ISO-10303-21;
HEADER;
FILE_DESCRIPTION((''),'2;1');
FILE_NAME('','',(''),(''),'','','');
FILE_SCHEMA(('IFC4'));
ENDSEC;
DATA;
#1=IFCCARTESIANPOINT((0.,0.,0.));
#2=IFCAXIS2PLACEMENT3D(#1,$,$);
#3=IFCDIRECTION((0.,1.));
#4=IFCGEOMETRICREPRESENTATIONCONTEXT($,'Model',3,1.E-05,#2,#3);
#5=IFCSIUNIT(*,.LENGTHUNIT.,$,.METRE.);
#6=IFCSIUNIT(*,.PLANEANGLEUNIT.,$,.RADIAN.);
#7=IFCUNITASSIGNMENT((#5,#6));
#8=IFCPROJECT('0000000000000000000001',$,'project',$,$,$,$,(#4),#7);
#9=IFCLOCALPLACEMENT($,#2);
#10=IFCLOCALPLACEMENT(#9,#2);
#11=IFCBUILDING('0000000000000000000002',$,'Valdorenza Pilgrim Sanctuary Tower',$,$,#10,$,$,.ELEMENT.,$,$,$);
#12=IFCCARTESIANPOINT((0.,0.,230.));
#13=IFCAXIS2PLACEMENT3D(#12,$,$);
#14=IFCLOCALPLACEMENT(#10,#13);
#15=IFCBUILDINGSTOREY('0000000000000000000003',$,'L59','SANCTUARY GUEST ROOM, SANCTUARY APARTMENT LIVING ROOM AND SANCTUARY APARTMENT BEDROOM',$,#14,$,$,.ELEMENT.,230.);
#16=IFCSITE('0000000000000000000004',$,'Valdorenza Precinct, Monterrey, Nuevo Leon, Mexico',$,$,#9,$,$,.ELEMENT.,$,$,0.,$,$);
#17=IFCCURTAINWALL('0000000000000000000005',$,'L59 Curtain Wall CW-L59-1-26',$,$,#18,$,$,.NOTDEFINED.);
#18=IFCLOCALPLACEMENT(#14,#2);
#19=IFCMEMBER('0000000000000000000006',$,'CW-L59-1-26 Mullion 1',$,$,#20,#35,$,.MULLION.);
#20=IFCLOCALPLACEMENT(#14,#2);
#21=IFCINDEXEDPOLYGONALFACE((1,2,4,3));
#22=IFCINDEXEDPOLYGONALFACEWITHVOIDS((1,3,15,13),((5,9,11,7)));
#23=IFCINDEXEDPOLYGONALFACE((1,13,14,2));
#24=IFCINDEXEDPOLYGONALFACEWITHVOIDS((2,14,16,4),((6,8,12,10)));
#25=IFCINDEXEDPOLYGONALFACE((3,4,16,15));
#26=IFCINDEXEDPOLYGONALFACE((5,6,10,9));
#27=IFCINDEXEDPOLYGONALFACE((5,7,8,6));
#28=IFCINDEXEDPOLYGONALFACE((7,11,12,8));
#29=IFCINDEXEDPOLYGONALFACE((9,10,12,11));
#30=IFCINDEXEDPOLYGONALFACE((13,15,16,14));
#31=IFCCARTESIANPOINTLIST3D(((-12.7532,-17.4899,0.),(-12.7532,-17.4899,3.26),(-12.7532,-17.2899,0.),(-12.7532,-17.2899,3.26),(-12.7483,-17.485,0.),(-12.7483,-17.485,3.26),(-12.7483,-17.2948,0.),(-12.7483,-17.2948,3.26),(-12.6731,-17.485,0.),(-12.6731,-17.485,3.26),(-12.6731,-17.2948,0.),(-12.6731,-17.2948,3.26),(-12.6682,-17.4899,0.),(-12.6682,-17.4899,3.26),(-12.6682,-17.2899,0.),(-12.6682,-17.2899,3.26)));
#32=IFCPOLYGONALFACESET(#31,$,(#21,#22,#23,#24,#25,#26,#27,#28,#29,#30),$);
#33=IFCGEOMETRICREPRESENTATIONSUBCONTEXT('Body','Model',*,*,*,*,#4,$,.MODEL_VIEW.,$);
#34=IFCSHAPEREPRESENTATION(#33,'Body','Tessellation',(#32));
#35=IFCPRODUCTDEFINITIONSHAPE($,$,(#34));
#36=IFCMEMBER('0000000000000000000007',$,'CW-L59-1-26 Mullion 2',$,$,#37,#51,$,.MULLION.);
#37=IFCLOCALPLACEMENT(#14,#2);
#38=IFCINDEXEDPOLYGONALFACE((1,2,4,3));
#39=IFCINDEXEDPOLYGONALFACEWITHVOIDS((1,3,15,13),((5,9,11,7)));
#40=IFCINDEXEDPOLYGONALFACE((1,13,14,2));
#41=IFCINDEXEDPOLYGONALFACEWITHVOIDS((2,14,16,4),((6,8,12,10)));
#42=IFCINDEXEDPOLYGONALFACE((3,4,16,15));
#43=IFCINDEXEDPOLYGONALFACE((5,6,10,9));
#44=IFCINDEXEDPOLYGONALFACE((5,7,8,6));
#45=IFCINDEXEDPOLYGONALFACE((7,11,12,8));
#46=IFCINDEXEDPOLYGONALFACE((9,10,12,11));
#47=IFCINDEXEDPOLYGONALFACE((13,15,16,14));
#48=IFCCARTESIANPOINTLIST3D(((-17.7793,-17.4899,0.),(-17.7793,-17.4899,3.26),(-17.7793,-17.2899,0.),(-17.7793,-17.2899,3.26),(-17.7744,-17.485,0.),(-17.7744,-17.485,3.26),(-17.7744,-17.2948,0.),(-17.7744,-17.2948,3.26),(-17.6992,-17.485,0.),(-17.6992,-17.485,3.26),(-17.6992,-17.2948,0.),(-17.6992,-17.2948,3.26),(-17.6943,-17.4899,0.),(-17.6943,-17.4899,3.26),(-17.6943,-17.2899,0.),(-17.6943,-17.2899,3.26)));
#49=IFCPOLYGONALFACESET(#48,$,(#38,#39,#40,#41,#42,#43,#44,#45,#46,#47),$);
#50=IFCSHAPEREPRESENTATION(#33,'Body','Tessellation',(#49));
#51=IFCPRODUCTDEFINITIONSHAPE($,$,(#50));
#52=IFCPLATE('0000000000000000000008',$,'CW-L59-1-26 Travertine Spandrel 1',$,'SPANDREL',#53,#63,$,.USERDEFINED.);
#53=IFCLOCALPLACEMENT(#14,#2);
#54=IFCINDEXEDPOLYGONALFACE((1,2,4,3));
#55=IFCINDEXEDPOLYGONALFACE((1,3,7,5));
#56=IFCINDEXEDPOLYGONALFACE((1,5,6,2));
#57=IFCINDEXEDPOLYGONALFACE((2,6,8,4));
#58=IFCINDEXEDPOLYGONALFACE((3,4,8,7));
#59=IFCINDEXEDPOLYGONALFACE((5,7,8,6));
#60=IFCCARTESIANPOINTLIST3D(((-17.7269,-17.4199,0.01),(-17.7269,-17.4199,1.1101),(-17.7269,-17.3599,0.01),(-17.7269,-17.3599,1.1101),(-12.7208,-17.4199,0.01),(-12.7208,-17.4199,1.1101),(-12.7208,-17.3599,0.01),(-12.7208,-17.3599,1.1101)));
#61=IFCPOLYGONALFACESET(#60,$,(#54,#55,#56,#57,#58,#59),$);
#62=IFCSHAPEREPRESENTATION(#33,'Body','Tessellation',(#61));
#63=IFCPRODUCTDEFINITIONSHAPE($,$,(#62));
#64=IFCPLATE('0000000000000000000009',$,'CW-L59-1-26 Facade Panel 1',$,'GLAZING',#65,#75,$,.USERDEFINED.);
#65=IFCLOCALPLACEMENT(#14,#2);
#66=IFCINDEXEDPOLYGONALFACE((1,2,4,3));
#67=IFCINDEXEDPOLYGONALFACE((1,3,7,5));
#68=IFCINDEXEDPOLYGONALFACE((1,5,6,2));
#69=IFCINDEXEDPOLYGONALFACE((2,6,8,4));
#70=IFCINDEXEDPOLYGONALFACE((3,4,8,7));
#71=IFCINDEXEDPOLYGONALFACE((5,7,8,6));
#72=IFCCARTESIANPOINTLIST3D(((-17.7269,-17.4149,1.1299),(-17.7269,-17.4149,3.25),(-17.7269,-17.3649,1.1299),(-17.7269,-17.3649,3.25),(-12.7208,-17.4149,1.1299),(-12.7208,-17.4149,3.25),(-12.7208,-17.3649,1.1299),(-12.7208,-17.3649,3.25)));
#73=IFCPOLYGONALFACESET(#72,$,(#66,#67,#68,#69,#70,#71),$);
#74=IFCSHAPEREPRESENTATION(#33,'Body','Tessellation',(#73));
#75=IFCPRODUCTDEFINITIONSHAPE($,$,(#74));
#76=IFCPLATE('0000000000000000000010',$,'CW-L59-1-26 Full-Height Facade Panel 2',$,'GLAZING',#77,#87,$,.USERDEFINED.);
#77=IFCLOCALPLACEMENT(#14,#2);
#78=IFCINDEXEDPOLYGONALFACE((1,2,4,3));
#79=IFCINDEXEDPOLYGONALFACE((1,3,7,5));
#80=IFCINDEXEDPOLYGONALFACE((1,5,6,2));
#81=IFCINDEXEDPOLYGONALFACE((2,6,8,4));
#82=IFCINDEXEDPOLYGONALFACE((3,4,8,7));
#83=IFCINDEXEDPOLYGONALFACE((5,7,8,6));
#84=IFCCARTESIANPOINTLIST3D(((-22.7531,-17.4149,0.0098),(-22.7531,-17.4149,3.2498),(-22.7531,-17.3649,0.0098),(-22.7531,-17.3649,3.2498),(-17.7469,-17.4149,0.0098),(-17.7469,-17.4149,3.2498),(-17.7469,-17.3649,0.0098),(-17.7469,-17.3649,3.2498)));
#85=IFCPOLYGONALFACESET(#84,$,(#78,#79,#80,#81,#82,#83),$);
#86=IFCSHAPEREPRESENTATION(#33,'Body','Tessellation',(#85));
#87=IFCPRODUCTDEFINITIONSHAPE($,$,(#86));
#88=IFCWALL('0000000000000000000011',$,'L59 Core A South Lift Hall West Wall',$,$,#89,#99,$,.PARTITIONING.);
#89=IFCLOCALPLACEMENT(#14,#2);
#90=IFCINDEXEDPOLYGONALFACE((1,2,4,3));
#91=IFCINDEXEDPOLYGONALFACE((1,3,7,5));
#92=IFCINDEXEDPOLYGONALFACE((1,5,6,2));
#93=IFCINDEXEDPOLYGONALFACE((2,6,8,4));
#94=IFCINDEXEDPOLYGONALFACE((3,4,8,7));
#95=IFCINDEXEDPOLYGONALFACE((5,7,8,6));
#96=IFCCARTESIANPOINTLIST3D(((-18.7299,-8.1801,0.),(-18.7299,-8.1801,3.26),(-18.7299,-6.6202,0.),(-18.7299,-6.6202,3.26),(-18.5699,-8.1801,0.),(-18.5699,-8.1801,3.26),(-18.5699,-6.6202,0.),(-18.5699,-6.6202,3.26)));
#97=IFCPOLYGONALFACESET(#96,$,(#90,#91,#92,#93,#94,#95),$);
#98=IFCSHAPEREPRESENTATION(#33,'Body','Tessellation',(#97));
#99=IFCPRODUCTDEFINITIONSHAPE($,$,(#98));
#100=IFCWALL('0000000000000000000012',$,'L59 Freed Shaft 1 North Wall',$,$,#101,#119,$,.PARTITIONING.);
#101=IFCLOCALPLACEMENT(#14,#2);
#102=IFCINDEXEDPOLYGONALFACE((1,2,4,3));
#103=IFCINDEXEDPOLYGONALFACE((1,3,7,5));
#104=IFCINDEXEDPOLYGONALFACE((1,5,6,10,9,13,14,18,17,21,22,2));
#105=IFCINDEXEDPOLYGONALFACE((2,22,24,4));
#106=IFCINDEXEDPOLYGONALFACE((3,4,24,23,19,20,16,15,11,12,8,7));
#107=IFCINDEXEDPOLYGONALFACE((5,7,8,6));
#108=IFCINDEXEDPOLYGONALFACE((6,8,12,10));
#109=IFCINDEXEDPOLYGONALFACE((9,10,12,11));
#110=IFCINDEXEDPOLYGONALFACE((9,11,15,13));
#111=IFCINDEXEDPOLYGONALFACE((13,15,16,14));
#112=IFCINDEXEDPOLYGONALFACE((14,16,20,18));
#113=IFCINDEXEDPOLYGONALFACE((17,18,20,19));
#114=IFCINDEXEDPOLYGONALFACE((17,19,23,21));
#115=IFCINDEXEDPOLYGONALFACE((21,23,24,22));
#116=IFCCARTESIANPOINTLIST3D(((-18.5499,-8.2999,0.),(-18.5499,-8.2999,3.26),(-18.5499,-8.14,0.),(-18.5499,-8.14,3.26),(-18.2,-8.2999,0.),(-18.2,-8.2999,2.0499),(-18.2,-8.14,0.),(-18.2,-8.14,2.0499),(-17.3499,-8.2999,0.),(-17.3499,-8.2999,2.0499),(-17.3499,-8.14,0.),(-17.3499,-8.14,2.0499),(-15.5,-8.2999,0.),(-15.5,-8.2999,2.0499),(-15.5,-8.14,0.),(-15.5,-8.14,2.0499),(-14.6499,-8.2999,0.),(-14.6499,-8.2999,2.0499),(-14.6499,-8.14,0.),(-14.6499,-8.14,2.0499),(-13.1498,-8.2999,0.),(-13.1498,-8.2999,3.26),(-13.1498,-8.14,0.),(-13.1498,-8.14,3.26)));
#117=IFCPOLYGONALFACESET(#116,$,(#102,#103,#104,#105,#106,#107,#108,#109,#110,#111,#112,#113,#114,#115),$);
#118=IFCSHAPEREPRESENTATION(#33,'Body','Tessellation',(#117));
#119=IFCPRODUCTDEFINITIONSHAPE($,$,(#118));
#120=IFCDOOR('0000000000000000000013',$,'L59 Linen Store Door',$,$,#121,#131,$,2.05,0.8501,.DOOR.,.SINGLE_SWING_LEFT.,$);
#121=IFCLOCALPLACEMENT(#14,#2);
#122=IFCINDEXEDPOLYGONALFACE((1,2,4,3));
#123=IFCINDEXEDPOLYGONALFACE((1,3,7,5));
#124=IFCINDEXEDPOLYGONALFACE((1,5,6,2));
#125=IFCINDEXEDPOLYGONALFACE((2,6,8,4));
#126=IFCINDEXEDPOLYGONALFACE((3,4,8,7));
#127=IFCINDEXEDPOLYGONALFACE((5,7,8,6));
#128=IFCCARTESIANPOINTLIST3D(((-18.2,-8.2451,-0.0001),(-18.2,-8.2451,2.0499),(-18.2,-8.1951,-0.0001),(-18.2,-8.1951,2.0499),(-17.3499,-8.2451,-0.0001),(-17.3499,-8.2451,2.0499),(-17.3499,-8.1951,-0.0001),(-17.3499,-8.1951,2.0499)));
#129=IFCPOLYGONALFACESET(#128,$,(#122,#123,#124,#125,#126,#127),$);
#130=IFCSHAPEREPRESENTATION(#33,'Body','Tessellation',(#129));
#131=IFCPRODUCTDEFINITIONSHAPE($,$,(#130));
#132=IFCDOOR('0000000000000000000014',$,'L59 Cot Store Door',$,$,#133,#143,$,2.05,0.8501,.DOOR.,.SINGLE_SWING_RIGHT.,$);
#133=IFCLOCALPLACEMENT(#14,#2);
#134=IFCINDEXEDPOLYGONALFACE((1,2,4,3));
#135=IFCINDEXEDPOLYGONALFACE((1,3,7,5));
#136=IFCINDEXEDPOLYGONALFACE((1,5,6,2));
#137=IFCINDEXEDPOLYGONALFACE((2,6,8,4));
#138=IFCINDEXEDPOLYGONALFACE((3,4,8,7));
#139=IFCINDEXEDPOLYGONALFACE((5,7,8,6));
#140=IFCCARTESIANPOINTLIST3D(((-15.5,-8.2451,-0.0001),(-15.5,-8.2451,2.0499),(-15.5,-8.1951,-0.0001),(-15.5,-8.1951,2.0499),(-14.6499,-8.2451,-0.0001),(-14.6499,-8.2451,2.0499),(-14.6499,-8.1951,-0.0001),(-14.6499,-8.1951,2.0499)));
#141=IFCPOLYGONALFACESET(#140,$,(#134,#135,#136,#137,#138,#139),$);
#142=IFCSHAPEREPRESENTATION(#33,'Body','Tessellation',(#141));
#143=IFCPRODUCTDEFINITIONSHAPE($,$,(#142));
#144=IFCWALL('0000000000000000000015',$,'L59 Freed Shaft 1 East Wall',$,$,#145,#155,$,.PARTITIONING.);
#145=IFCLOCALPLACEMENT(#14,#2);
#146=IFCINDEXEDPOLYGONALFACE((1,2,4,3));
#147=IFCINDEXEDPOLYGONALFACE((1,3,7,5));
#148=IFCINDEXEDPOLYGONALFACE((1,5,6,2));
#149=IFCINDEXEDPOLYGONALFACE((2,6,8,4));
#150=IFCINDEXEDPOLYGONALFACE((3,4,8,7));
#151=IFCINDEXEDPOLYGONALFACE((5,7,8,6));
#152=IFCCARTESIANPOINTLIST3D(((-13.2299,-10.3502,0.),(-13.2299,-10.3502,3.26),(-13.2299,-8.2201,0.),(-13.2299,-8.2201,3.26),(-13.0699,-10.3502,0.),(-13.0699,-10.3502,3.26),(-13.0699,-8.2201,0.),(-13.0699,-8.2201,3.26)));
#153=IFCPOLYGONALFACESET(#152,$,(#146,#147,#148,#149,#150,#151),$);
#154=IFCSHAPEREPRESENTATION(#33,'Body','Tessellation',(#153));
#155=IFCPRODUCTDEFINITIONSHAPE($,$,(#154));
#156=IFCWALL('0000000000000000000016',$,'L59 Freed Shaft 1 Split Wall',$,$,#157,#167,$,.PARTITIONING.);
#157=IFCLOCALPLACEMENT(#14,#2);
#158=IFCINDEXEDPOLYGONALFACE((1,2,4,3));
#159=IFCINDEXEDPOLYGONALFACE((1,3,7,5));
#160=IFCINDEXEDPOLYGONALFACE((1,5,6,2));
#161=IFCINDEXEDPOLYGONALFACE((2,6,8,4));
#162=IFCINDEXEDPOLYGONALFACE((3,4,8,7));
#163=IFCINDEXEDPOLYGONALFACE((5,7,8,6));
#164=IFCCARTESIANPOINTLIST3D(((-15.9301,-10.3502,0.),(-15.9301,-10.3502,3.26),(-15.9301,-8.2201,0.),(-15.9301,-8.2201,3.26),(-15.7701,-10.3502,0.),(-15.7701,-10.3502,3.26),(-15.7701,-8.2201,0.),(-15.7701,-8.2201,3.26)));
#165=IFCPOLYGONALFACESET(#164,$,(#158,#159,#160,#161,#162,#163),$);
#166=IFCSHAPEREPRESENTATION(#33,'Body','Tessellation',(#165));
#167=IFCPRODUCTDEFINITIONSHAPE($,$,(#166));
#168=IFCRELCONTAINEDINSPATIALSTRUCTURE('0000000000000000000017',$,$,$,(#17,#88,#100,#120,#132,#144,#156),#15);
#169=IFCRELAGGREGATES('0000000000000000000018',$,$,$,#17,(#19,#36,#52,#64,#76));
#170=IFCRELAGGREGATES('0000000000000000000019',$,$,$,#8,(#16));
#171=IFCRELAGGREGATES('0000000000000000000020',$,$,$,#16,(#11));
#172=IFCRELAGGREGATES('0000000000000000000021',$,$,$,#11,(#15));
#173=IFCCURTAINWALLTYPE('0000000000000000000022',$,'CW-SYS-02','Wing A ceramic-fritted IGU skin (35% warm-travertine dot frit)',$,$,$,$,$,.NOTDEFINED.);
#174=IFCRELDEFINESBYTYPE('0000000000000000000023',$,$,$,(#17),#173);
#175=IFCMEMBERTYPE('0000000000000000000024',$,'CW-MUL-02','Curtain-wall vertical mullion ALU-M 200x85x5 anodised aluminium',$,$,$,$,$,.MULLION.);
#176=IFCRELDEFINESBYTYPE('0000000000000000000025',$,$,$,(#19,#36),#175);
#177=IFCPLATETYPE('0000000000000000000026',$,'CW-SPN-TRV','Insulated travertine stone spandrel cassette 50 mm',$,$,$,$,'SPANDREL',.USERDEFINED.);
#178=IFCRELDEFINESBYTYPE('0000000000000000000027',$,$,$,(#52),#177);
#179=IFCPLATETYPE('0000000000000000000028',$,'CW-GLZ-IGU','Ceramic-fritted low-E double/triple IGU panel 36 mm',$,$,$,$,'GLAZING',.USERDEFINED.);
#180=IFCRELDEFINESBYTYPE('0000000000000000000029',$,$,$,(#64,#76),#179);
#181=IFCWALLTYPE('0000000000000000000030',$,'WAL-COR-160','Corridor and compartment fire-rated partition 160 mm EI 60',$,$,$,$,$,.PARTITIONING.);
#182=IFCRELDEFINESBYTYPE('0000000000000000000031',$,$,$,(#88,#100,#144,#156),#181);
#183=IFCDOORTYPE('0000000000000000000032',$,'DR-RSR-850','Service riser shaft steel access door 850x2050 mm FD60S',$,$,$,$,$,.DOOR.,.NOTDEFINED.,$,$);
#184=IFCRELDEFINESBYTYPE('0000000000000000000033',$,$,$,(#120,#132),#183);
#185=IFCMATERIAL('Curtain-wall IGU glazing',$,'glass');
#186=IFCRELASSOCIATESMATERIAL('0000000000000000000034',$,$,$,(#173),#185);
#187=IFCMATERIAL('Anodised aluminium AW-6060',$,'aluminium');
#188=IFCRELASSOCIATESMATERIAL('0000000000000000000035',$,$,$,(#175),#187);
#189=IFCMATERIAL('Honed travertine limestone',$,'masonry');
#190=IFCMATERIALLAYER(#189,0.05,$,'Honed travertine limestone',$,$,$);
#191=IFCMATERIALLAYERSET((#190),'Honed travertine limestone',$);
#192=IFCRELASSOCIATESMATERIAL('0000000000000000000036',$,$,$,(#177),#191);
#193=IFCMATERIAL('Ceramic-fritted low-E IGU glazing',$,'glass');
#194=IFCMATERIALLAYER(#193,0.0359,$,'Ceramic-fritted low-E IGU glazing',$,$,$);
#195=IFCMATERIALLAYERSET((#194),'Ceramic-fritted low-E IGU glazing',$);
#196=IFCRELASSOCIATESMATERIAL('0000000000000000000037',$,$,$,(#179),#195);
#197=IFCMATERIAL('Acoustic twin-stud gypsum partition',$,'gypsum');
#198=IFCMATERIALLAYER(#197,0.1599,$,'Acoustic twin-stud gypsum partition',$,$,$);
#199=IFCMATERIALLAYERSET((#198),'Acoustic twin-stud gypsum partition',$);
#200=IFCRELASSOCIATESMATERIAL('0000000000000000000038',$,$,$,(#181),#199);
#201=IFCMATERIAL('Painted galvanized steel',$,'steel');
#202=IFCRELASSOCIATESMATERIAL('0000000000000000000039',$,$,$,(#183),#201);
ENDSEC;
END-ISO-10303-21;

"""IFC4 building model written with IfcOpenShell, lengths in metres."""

from ifc_helpers import new_model, si_unit, direction, frame, frame_2d, origin, origin_2d, place, context, subcontext, project, spatial, rectangle, hollow_rectangle, extrude, source, transform, mapped, material, layer, layer_set, material_profile, profile_set, type_object, element, fill, aggregate, save


model = new_model("IFC4")

# Units and contexts
model_context = context("Model", 3, precision=1e-05, world=origin(), true_north=direction((0.0, 1.0)))
body_context = subcontext(model_context, "Body", "Model", "MODEL_VIEW")
ifc_project = project(units=[si_unit("LENGTHUNIT", "METRE"), si_unit("PLANEANGLEUNIT", "RADIAN")], contexts=[model_context])

# Site, building, storey
site_placement = place(None, origin())
site = spatial("IfcSite", under=ifc_project, at=site_placement, Name="Valdorenza Precinct, Monterrey, Nuevo Leon, Mexico", CompositionType="ELEMENT", RefElevation=0.0)
building_placement = place(site_placement, origin())
building = spatial("IfcBuilding", under=site, at=building_placement, Name="Valdorenza Pilgrim Sanctuary Tower", CompositionType="ELEMENT")
storey_placement = place(building_placement, frame((0.0, 0.0, 230.0)))
storey = spatial("IfcBuildingStorey", under=building, at=storey_placement, Name="L59", Description="SANCTUARY GUEST ROOM, SANCTUARY APARTMENT LIVING ROOM AND SANCTUARY APARTMENT BEDROOM", CompositionType="ELEMENT", Elevation=230.0)

# Curtain wall, members, plates
ifc_material_1 = material(Name="Curtain-wall IGU glazing", Category="glass")
curtain_wall_type = type_object("IfcCurtainWallType", Name="CW-SYS-02", Description="Wing A ceramic-fritted IGU skin (35% warm-travertine dot frit)", PredefinedType="NOTDEFINED", material=ifc_material_1)
curtain_wall_placement = place(storey_placement, origin())
curtain_wall = element("IfcCurtainWall", 1, at=curtain_wall_placement, inside=storey, type_object=curtain_wall_type, Name="L59 Curtain Wall CW-L59-1-26", PredefinedType="NOTDEFINED")
ifc_material_2 = material(Name="Anodised aluminium AW-6060", Category="aluminium")
ifc_material_profile = material_profile(ifc_material_2, hollow_rectangle(XDim=0.085, YDim=0.2, WallThickness=0.0049, at=origin_2d()), Name="ALU-M 200x85x5")
ifc_profile_set = profile_set([ifc_material_profile], Name="Anodised aluminium AW-6060")
member_type = type_object("IfcMemberType", Name="CW-MUL-02", Description="Curtain-wall vertical mullion ALU-M 200x85x5 anodised aluminium", PredefinedType="MULLION", material=ifc_profile_set)
shared_shape_1 = source(origin(), body_context, "Body", "SweptSolid", [
    extrude(hollow_rectangle(XDim=0.085, YDim=0.2, WallThickness=0.0049, at=origin_2d()), origin(), (0.0, 0.0, 1.0), 3.26),
])
member_1_placement = place(storey_placement, frame((-12.7107, -17.3899, 0.0), z_axis=(0.0, 0.0, 1.0), x_axis=(-1.0, 0.0, 0.0)))
member_1 = element("IfcMember", 2, at=member_1_placement, type_object=member_type, Name="CW-L59-1-26 Mullion 1", PredefinedType="MULLION", context=body_context, shape_type="MappedRepresentation", body=[
    mapped(shared_shape_1, transform((0.0, 0.0, 0.0), x_axis=(1.0, 0.0, 0.0), y_axis=(0.0, 1.0, 0.0), z_axis=(0.0, 0.0, 1.0), scale=1.0)),
])
member_2_placement = place(storey_placement, frame((-17.7368, -17.3899, 0.0), z_axis=(0.0, 0.0, 1.0), x_axis=(-1.0, 0.0, 0.0)))
member_2 = element("IfcMember", 3, at=member_2_placement, type_object=member_type, Name="CW-L59-1-26 Mullion 2", PredefinedType="MULLION", context=body_context, shape_type="MappedRepresentation", body=[
    mapped(shared_shape_1, transform((0.0, 0.0, 0.0), x_axis=(1.0, 0.0, 0.0), y_axis=(0.0, 1.0, 0.0), z_axis=(0.0, 0.0, 1.0), scale=1.0)),
])
ifc_material_3 = material(Name="Honed travertine limestone", Category="masonry")
ifc_layer_1 = layer(ifc_material_3, 0.05, Name="Honed travertine limestone")
ifc_layer_set_1 = layer_set([ifc_layer_1], Name="Honed travertine limestone")
plate_type_1 = type_object("IfcPlateType", Name="CW-SPN-TRV", Description="Insulated travertine stone spandrel cassette 50 mm", ElementType="SPANDREL", PredefinedType="USERDEFINED", material=ifc_layer_set_1)
shared_shape_2 = source(origin(), body_context, "Body", "SweptSolid", [
    extrude(rectangle(XDim=5.0061, YDim=0.0601, at=origin_2d()), origin(), (0.0, 0.0, 1.0), 1.1001),
])
plate_1_placement = place(storey_placement, frame((-15.2239, -17.3899, 0.01), z_axis=(0.0, 0.0, 1.0), x_axis=(-1.0, 0.0, 0.0)))
plate_1 = element("IfcPlate", 4, at=plate_1_placement, type_object=plate_type_1, Name="CW-L59-1-26 Travertine Spandrel 1", ObjectType="SPANDREL", PredefinedType="USERDEFINED", context=body_context, shape_type="MappedRepresentation", body=[
    mapped(shared_shape_2, transform((0.0, 0.0, 0.0), x_axis=(1.0, 0.0, 0.0), y_axis=(0.0, 1.0, 0.0), z_axis=(0.0, 0.0, 1.0), scale=1.0)),
])
ifc_material_4 = material(Name="Ceramic-fritted low-E IGU glazing", Category="glass")
ifc_layer_2 = layer(ifc_material_4, 0.0359, Name="Ceramic-fritted low-E IGU glazing")
ifc_layer_set_2 = layer_set([ifc_layer_2], Name="Ceramic-fritted low-E IGU glazing")
plate_type_2 = type_object("IfcPlateType", Name="CW-GLZ-IGU", Description="Ceramic-fritted low-E double/triple IGU panel 36 mm", ElementType="GLAZING", PredefinedType="USERDEFINED", material=ifc_layer_set_2)
shared_shape_3 = source(origin(), body_context, "Body", "SweptSolid", [
    extrude(rectangle(XDim=5.0061, YDim=0.05, at=origin_2d()), origin(), (0.0, 0.0, 1.0), 2.1201),
])
plate_2_placement = place(storey_placement, frame((-15.2239, -17.3899, 1.1299), z_axis=(0.0, 0.0, 1.0), x_axis=(-1.0, 0.0, 0.0)))
plate_2 = element("IfcPlate", 5, at=plate_2_placement, type_object=plate_type_2, Name="CW-L59-1-26 Facade Panel 1", ObjectType="GLAZING", PredefinedType="USERDEFINED", context=body_context, shape_type="MappedRepresentation", body=[
    mapped(shared_shape_3, transform((0.0, 0.0, 0.0), x_axis=(1.0, 0.0, 0.0), y_axis=(0.0, 1.0, 0.0), z_axis=(0.0, 0.0, 1.0), scale=1.0)),
])
shared_shape_4 = source(origin(), body_context, "Body", "SweptSolid", [
    extrude(rectangle(XDim=5.0061, YDim=0.05, at=origin_2d()), origin(), (0.0, 0.0, 1.0), 3.24),
])
plate_3_placement = place(storey_placement, frame((-20.25, -17.3899, 0.0098), z_axis=(0.0, 0.0, 1.0), x_axis=(-1.0, 0.0, 0.0)))
plate_3 = element("IfcPlate", 6, at=plate_3_placement, type_object=plate_type_2, Name="CW-L59-1-26 Full-Height Facade Panel 2", ObjectType="GLAZING", PredefinedType="USERDEFINED", context=body_context, shape_type="MappedRepresentation", body=[
    mapped(shared_shape_4, transform((0.0, 0.0, 0.0), x_axis=(1.0, 0.0, 0.0), y_axis=(0.0, 1.0, 0.0), z_axis=(0.0, 0.0, 1.0), scale=1.0)),
])
aggregate(curtain_wall, [member_1, member_2, plate_1, plate_2, plate_3])

# Wall
ifc_material_5 = material(Name="Acoustic twin-stud gypsum partition", Category="gypsum")
ifc_layer_3 = layer(ifc_material_5, 0.1599, Name="Acoustic twin-stud gypsum partition")
ifc_layer_set_3 = layer_set([ifc_layer_3], Name="Acoustic twin-stud gypsum partition")
wall_type_1 = type_object("IfcWallType", Name="WAL-COR-160", Description="Corridor and compartment fire-rated partition 160 mm EI 60", PredefinedType="PARTITIONING", material=ifc_layer_set_3)
wall_1_placement = place(storey_placement, frame((-18.6499, -8.1799, 0.0), z_axis=(0.0, 0.0, 1.0), x_axis=(0.0, 1.0, 0.0)))
element("IfcWall", 7, at=wall_1_placement, inside=storey, type_object=wall_type_1, Name="L59 Core A South Lift Hall West Wall", PredefinedType="PARTITIONING", context=body_context, shape_type="SweptSolid", body=[
    extrude(rectangle(XDim=1.5598, YDim=0.1599, at=frame_2d((0.7798, 0.0))), origin(), (0.0, 0.0, 1.0), 3.26),
])

# Wall, openings, doors
wall_2_placement = place(storey_placement, frame((-18.55, -8.22, 0.0), z_axis=(0.0, 0.0, 1.0), x_axis=(1.0, 0.0, 0.0)))
wall_2 = element("IfcWall", 8, at=wall_2_placement, inside=storey, type_object=wall_type_1, Name="L59 Freed Shaft 1 North Wall", PredefinedType="PARTITIONING", context=body_context, shape_type="SweptSolid", body=[
    extrude(rectangle(XDim=5.4001, YDim=0.1599, at=frame_2d((2.7002, 0.0))), origin(), (0.0, 0.0, 1.0), 3.26),
])
opening_1_placement = place(wall_2_placement, frame((0.3501, 0.0, 0.0)))
opening_1 = element("IfcOpeningElement", 9, at=opening_1_placement, cuts=wall_2, PredefinedType="OPENING", context=body_context, shape_type="SweptSolid", body=[
    extrude(rectangle(XDim=0.8501, YDim=2.05, at=frame_2d((0.425, 1.0249))), frame((0.0, 0.0947, 0.0), z_axis=(0.0, -1.0, 0.0), x_axis=(1.0, 0.0, 0.0)), (0.0, 0.0, 1.0), 0.1897),
])
opening_2_placement = place(wall_2_placement, frame((3.05, 0.0, 0.0)))
opening_2 = element("IfcOpeningElement", 10, at=opening_2_placement, cuts=wall_2, PredefinedType="OPENING", context=body_context, shape_type="SweptSolid", body=[
    extrude(rectangle(XDim=0.8501, YDim=2.05, at=frame_2d((0.425, 1.0249))), frame((0.0, 0.0947, 0.0), z_axis=(0.0, -1.0, 0.0), x_axis=(1.0, 0.0, 0.0)), (0.0, 0.0, 1.0), 0.1897),
])
ifc_material_6 = material(Name="Painted galvanized steel", Category="steel")
door_type_1 = type_object("IfcDoorType", Name="DR-RSR-850", Description="Service riser shaft steel access door 850x2050 mm FD60S", OperationType="NOTDEFINED", PredefinedType="DOOR", material=ifc_material_6)
door_1_placement = place(opening_1_placement, origin())
door_1 = element("IfcDoor", 11, at=door_1_placement, inside=storey, type_object=door_type_1, Name="L59 Linen Store Door", OperationType="SINGLE_SWING_LEFT", OverallHeight=2.05, OverallWidth=0.8501, PredefinedType="DOOR", context=body_context, shape_type="SweptSolid", body=[
    extrude(rectangle(XDim=0.8501, YDim=2.05, at=frame_2d((0.425, 1.0249))), frame((0.0, 0.0249, 0.0), z_axis=(0.0, -1.0, 0.0), x_axis=(1.0, 0.0, 0.0)), (0.0, 0.0, 1.0), 0.05),
])
fill(opening_1, door_1)
door_2_placement = place(opening_2_placement, origin())
door_2 = element("IfcDoor", 12, at=door_2_placement, inside=storey, type_object=door_type_1, Name="L59 Cot Store Door", OperationType="SINGLE_SWING_RIGHT", OverallHeight=2.05, OverallWidth=0.8501, PredefinedType="DOOR", context=body_context, shape_type="SweptSolid", body=[
    extrude(rectangle(XDim=0.8501, YDim=2.05, at=frame_2d((0.425, 1.0249))), frame((0.0, 0.0249, 0.0), z_axis=(0.0, -1.0, 0.0), x_axis=(1.0, 0.0, 0.0)), (0.0, 0.0, 1.0), 0.05),
])
fill(opening_2, door_2)

# Walls
for number, where, z_axis, x_axis, name in (
    (13, (-13.1499, -10.3501, 0.0), (0.0, 0.0, 1.0), (0.0, 1.0, 0.0), "L59 Freed Shaft 1 East Wall"),
    (14, (-15.8501, -10.3501, 0.0), (0.0, 0.0, 1.0), (0.0, 1.0, 0.0), "L59 Freed Shaft 1 Split Wall"),
):
    element("IfcWall", number, at=place(storey_placement, frame(where, z_axis=z_axis, x_axis=x_axis)), inside=storey, type_object=wall_type_1, Name=name, PredefinedType="PARTITIONING", context=body_context, shape_type="SweptSolid", body=[
        extrude(rectangle(XDim=2.1301, YDim=0.1599, at=frame_2d((1.0649, 0.0))), origin(), (0.0, 0.0, 1.0), 3.26),
    ])

save(model, "model.ifc")
